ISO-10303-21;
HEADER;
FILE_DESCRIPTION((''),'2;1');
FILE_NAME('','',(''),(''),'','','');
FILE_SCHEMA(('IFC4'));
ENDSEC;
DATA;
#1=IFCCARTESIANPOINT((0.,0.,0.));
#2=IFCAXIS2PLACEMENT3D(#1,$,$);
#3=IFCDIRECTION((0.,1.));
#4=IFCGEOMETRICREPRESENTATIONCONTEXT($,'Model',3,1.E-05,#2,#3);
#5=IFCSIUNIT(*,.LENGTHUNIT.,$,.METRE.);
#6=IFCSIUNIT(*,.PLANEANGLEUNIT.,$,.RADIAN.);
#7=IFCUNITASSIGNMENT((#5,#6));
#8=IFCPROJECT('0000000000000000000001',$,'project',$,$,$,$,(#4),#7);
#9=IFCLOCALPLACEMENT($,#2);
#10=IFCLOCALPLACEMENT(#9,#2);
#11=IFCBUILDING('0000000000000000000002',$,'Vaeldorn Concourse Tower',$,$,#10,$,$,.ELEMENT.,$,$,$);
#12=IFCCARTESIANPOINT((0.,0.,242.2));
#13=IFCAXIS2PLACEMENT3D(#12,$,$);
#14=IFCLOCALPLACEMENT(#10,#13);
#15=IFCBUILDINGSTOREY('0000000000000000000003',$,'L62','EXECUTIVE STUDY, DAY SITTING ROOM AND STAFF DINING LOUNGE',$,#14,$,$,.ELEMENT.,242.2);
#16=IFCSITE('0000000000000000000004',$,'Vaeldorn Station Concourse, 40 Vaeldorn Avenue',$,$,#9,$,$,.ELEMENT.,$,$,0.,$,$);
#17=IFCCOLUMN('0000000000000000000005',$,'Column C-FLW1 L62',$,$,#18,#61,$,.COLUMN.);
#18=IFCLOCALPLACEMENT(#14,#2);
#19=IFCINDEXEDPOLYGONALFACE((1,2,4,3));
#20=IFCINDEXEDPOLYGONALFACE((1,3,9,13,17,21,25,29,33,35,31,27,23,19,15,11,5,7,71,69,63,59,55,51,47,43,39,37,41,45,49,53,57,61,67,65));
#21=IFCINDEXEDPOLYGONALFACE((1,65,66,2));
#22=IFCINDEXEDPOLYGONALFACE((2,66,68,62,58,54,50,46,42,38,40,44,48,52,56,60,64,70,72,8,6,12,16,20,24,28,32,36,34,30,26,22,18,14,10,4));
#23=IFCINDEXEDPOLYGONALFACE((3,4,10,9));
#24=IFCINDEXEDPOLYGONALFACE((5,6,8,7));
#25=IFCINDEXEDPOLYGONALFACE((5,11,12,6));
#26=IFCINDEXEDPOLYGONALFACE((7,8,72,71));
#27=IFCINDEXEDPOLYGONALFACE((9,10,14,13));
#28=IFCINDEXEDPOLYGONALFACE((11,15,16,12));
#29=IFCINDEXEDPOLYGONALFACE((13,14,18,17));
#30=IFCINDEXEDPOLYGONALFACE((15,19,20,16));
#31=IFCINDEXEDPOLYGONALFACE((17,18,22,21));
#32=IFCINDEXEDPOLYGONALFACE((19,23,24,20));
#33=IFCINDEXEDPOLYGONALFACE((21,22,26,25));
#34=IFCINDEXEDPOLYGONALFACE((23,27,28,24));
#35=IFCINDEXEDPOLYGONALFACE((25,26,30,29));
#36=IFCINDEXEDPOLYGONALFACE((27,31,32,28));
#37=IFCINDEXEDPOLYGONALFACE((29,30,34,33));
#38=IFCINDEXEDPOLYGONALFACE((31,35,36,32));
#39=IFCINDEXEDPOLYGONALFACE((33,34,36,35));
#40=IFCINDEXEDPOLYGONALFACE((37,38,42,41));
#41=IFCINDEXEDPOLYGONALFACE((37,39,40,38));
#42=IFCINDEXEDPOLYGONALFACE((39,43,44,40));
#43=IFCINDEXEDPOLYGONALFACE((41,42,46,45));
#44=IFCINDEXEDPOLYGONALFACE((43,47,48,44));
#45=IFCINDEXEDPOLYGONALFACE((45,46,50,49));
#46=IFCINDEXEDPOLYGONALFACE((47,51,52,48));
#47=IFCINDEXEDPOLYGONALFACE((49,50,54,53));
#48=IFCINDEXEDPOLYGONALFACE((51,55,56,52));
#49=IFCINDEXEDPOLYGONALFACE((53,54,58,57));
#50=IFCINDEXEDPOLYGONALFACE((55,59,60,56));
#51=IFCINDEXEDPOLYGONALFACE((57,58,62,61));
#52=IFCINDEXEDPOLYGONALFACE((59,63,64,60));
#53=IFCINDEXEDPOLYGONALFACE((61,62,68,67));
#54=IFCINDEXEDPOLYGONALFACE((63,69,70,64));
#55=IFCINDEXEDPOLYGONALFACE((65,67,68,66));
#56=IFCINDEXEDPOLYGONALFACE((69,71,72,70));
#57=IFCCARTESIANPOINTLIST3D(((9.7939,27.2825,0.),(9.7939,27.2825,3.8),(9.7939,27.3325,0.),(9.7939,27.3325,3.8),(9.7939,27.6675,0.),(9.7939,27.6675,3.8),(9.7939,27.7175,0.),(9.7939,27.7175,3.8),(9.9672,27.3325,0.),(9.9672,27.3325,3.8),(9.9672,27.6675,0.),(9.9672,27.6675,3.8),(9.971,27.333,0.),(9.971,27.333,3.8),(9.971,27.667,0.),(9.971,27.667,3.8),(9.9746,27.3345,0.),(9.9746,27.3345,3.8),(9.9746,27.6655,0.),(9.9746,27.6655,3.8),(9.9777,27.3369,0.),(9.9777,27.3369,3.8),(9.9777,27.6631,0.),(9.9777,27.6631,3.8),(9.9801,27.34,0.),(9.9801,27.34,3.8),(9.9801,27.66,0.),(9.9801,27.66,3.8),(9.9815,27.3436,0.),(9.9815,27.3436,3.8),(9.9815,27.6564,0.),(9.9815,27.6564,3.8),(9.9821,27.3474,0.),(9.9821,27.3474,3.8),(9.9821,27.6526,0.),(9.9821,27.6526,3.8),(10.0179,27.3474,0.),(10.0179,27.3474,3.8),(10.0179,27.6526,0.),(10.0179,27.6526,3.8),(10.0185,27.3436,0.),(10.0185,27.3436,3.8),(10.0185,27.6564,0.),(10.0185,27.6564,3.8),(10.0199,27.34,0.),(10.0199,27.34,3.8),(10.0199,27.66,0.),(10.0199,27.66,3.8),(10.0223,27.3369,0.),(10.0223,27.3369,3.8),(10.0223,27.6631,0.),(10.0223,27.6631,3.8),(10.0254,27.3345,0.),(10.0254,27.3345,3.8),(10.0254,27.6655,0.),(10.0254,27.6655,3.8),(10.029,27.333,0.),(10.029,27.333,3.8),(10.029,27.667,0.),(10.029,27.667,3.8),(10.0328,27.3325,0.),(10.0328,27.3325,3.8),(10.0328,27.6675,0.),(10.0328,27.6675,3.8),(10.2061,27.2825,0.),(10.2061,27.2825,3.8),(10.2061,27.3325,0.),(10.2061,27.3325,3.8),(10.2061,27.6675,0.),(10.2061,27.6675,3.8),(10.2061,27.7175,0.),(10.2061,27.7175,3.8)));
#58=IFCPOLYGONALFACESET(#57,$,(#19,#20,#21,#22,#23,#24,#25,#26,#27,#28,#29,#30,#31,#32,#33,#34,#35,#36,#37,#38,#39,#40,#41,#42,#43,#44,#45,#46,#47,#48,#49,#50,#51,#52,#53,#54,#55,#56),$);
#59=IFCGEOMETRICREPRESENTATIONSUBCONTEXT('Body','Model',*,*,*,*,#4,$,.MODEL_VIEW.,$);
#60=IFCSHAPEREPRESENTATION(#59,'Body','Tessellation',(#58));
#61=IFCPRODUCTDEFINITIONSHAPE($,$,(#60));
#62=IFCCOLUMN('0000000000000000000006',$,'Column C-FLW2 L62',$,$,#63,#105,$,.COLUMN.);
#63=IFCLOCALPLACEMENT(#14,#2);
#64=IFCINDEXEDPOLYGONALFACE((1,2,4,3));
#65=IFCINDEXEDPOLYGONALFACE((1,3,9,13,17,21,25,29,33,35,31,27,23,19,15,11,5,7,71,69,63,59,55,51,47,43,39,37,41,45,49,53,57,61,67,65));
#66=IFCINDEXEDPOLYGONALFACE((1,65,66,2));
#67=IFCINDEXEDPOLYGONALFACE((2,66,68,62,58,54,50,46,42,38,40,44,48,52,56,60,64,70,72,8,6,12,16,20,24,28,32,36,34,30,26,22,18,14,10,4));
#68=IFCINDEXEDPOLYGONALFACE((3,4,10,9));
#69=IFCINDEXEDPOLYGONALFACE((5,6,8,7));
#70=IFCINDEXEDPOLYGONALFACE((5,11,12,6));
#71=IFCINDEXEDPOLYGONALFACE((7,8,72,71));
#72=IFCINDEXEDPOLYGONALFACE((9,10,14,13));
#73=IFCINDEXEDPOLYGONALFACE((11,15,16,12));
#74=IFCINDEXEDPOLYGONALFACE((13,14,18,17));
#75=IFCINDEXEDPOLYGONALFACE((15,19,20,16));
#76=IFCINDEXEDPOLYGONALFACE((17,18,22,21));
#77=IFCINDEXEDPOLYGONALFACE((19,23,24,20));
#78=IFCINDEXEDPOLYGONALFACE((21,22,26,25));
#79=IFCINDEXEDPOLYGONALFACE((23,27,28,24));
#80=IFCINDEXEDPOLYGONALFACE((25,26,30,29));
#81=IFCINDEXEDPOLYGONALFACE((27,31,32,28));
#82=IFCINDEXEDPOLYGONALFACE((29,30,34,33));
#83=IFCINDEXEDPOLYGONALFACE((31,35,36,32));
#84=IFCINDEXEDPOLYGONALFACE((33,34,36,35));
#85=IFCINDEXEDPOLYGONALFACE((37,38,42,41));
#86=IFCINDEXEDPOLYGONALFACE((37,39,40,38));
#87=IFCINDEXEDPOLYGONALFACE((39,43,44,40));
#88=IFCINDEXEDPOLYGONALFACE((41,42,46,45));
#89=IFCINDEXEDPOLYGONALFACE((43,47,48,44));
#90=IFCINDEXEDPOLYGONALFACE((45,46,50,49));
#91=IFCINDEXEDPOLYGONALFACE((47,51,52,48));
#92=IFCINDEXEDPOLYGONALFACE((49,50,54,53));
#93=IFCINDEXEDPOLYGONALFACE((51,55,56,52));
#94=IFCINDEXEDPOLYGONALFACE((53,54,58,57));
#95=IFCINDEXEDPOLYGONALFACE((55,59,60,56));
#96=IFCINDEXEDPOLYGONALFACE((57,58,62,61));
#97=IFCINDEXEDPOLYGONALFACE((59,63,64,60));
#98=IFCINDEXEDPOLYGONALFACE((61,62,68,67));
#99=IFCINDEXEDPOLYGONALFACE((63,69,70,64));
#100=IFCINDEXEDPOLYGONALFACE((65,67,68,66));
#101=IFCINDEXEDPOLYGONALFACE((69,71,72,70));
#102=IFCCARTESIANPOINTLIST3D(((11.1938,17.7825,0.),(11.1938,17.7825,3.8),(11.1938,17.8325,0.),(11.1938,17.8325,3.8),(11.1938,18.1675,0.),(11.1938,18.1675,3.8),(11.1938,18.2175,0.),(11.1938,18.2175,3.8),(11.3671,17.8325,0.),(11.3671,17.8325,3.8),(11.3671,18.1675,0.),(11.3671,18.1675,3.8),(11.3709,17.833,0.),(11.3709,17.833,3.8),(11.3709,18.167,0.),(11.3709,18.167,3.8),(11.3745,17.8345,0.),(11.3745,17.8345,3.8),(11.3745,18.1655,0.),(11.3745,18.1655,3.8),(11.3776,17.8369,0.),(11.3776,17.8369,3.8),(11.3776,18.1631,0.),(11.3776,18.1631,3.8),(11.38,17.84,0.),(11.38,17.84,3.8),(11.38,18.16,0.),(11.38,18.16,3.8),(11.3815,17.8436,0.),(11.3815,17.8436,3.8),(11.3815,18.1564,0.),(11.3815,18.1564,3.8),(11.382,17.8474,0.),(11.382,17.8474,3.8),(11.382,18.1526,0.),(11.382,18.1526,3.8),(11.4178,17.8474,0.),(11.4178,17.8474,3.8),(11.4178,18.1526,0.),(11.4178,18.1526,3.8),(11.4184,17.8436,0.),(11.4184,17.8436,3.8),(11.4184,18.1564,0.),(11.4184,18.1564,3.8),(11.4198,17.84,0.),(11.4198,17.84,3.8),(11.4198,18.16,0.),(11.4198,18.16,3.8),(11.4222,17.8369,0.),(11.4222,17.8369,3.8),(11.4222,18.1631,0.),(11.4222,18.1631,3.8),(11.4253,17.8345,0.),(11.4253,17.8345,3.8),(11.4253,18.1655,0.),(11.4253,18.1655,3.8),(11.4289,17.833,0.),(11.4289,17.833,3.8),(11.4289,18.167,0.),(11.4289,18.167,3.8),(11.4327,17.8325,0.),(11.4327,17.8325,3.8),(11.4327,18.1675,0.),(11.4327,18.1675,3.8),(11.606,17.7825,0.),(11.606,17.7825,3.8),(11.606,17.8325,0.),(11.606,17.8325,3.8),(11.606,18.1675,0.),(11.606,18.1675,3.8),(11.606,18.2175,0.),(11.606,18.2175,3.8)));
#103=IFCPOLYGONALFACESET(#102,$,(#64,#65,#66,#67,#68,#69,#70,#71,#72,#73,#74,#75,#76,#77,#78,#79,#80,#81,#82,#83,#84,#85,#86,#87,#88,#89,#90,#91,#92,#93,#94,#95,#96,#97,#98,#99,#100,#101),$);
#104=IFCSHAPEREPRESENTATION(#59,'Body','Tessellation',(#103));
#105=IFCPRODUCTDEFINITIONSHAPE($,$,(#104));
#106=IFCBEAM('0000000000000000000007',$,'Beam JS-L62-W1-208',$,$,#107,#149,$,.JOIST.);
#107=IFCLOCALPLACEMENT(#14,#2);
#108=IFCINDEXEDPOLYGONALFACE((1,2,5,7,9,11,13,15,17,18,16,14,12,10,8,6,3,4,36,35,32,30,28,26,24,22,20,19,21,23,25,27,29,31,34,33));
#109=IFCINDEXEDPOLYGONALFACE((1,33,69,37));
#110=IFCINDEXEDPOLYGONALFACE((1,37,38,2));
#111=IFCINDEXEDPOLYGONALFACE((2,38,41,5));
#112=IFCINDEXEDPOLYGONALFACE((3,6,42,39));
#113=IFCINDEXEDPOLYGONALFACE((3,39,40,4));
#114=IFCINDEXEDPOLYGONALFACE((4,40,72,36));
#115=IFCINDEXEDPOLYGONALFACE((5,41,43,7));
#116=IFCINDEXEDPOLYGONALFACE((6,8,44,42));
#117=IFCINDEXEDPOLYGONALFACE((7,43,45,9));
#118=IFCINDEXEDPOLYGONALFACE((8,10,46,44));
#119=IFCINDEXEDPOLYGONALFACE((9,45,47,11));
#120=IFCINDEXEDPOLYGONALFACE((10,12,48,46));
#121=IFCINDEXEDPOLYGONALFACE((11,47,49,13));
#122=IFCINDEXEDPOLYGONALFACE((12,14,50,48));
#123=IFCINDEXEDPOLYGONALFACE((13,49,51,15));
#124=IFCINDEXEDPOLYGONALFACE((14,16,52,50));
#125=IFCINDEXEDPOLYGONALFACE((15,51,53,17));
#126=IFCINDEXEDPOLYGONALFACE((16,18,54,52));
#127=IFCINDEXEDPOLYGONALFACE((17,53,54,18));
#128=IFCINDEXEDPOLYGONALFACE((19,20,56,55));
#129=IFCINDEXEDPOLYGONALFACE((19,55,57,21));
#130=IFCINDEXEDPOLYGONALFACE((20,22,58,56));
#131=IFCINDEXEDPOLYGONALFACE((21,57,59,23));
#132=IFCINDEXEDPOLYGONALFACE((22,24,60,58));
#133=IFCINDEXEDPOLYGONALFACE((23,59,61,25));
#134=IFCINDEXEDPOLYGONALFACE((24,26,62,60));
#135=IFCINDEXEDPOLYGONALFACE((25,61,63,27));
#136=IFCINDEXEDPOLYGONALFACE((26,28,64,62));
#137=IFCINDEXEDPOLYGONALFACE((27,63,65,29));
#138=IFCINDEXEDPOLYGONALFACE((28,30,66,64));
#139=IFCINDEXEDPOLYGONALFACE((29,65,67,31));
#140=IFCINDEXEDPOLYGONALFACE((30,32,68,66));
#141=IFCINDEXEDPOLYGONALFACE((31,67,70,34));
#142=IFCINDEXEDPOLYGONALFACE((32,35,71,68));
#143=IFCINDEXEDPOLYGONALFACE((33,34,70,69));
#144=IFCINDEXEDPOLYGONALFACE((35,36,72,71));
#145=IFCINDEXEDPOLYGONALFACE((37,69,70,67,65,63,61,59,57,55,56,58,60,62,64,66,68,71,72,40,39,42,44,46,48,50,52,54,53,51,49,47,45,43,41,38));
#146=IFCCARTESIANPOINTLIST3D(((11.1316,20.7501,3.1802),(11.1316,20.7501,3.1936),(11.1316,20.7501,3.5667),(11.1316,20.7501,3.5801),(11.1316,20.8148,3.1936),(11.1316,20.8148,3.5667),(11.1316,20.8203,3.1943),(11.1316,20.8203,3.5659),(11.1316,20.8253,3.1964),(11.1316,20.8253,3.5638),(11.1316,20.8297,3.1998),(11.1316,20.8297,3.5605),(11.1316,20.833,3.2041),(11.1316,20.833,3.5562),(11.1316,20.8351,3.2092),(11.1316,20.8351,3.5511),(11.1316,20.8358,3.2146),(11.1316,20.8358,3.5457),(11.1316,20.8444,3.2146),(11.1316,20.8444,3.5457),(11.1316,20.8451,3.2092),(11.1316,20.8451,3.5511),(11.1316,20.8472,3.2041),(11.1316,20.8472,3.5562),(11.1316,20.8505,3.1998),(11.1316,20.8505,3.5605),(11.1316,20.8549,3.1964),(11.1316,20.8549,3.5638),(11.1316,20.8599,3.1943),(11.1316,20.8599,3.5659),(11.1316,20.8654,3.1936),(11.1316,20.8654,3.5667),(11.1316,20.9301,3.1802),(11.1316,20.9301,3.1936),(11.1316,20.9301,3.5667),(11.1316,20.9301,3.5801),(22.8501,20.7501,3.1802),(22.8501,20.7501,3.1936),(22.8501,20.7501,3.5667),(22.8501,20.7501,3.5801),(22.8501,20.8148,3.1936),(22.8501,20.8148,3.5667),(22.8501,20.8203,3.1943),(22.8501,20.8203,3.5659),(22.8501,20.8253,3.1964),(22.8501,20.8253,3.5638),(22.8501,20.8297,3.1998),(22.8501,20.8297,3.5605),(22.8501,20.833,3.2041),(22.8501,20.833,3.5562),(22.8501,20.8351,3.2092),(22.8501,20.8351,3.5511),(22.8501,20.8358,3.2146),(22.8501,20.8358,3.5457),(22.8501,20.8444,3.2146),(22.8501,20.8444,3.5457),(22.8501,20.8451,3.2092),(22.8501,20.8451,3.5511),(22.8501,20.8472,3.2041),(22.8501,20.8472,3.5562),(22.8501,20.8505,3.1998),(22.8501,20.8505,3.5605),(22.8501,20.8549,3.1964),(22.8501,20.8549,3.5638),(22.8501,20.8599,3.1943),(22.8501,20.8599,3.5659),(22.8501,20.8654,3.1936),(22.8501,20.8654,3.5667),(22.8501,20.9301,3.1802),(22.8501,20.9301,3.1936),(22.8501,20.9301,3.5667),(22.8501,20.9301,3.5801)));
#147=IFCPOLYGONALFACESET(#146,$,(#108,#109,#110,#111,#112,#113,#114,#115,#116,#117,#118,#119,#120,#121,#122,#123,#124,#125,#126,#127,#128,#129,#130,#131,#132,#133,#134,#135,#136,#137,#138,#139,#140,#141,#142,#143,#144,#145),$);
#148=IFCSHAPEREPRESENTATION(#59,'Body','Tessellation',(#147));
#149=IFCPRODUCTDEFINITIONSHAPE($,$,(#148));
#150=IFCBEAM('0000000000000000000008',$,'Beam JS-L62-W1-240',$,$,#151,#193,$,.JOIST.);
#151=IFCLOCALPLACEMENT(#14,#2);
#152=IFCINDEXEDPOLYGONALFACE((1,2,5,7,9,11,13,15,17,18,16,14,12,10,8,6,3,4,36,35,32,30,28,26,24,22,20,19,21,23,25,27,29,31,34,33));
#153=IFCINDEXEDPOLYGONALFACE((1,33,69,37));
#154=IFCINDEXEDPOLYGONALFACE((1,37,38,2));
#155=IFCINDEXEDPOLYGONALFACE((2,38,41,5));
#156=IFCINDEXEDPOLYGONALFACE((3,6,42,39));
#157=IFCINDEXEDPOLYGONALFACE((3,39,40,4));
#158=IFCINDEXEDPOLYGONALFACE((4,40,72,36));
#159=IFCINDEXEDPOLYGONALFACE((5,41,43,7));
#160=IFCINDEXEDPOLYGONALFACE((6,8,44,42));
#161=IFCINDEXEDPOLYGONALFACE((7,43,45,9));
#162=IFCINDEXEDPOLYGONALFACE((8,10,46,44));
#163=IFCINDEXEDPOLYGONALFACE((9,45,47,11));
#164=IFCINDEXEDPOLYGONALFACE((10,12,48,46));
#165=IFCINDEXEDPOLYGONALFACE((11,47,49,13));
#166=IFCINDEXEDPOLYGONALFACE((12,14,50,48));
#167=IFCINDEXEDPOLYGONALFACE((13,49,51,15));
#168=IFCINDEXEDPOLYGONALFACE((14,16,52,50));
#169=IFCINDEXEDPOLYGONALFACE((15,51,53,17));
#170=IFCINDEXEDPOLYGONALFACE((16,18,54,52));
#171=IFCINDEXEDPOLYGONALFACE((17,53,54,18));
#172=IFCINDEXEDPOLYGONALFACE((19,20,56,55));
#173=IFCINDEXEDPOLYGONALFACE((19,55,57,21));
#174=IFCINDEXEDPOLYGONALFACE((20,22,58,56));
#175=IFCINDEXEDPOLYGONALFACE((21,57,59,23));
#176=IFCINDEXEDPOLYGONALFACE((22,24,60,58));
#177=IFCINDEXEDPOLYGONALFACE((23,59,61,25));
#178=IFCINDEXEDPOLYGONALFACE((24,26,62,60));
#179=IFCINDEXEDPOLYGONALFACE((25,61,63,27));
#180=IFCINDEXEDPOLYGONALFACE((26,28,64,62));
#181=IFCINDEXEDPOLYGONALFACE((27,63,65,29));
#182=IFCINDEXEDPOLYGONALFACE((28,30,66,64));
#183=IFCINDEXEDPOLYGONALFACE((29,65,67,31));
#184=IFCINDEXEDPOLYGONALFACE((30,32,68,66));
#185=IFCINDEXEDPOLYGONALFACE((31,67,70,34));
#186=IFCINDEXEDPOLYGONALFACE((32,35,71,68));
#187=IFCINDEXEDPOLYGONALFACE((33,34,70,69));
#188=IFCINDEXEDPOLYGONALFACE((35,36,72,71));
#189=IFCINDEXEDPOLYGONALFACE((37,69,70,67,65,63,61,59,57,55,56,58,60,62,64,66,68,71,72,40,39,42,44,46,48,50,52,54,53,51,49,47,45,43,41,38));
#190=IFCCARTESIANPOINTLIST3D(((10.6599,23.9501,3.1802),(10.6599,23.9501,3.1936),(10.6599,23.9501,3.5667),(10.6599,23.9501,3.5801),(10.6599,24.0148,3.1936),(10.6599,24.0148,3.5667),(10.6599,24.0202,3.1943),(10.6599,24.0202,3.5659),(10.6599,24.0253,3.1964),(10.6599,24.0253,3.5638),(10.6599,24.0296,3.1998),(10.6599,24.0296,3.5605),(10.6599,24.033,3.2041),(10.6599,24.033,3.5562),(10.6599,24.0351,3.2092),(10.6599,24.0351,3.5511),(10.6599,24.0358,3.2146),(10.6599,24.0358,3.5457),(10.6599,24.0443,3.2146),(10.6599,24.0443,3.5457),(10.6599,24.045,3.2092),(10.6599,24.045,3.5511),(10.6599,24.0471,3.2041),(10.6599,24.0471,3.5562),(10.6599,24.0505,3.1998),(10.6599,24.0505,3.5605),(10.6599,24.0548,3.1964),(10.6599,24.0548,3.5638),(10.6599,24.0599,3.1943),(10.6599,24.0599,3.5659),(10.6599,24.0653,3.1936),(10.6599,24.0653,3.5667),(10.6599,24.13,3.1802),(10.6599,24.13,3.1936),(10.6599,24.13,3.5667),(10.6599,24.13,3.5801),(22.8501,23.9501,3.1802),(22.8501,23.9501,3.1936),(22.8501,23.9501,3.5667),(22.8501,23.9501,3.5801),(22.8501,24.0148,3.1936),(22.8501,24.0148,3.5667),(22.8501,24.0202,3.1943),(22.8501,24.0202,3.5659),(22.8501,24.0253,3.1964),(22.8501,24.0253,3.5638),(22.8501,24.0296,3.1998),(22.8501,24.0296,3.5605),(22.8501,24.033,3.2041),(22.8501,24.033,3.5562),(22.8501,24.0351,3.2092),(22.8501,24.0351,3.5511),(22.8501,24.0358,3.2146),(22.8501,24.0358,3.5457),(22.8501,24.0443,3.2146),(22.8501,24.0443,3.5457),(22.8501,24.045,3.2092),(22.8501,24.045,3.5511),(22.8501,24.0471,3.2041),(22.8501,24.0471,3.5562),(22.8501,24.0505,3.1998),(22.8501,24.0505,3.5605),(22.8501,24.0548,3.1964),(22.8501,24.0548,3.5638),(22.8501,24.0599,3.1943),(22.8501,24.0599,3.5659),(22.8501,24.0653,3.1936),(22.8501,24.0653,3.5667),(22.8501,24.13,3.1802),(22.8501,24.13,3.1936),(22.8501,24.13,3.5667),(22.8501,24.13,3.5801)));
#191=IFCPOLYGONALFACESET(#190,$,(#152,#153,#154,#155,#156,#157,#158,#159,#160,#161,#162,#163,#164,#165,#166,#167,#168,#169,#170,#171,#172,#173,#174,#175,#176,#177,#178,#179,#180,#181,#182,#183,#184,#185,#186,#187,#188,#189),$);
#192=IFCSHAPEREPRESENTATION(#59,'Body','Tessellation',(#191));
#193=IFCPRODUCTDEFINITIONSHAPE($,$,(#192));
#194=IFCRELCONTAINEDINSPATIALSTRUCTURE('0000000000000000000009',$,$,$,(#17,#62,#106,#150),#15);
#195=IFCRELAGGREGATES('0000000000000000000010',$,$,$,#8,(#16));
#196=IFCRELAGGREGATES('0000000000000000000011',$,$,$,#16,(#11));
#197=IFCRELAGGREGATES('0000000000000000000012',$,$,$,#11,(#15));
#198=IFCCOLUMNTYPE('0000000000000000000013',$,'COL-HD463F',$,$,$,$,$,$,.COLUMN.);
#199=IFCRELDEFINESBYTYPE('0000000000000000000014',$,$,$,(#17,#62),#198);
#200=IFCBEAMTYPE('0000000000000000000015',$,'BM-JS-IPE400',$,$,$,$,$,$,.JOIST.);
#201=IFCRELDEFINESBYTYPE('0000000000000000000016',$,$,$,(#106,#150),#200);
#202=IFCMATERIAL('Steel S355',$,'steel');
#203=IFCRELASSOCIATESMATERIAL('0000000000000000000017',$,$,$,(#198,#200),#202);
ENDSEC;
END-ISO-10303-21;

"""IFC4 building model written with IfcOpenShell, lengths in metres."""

from ifc_helpers import new_model, si_unit, direction, frame, origin, origin_2d, place, context, subcontext, project, spatial, i_section, extrude, source, transform, mapped, material, material_profile, profile_set, type_object, element, save


model = new_model("IFC4")

# Units and contexts
model_context = context("Model", 3, precision=1e-05, world=origin(), true_north=direction((0.0, 1.0)))
body_context = subcontext(model_context, "Body", "Model", "MODEL_VIEW")
ifc_project = project(units=[si_unit("LENGTHUNIT", "METRE"), si_unit("PLANEANGLEUNIT", "RADIAN")], contexts=[model_context])

# Site, building, storey
site_placement = place(None, origin())
site = spatial("IfcSite", under=ifc_project, at=site_placement, Name="Vaeldorn Station Concourse, 40 Vaeldorn Avenue", CompositionType="ELEMENT", RefElevation=0.0)
building_placement = place(site_placement, origin())
building = spatial("IfcBuilding", under=site, at=building_placement, Name="Vaeldorn Concourse Tower", CompositionType="ELEMENT")
storey_placement = place(building_placement, frame((0.0, 0.0, 242.2)))
storey = spatial("IfcBuildingStorey", under=building, at=storey_placement, Name="L62", Description="EXECUTIVE STUDY, DAY SITTING ROOM AND STAFF DINING LOUNGE", CompositionType="ELEMENT", Elevation=242.2)

# Columns
ifc_material_1 = material(Name="Steel S355", Category="steel")
ifc_material_profile_1 = material_profile(ifc_material_1, i_section(OverallWidth=0.4121, OverallDepth=0.4351, WebThickness=0.0359, FlangeThickness=0.05, FilletRadius=0.0149, at=origin_2d()), Name="HD 400x463")
ifc_profile_set_1 = profile_set([ifc_material_profile_1], Name="Steel S355")
column_type = type_object("IfcColumnType", Name="COL-HD463F", PredefinedType="COLUMN", material=ifc_profile_set_1)
shared_shape_1 = source(origin(), body_context, "Body", "SweptSolid", [
    extrude(i_section(OverallWidth=0.4121, OverallDepth=0.4351, WebThickness=0.0359, FlangeThickness=0.05, FilletRadius=0.0149, at=origin_2d()), origin(), (0.0, 0.0, 1.0), 3.8),
])
for number, where, z_axis, x_axis, name in (
    (1, (10.0, 27.5, 0.0), (0.0, 0.0, 1.0), (1.0, 0.0, 0.0), "Column C-FLW1 L62"),
    (2, (11.3999, 18.0, 0.0), (0.0, 0.0, 1.0), (1.0, 0.0, 0.0), "Column C-FLW2 L62"),
):
    element("IfcColumn", number, at=place(storey_placement, frame(where, z_axis=z_axis, x_axis=x_axis)), inside=storey, type_object=column_type, Name=name, PredefinedType="COLUMN", context=body_context, shape_type="MappedRepresentation", body=[
        mapped(shared_shape_1, transform((0.0, 0.0, 0.0), scale=1.0)),
    ])

# Beams
ifc_material_profile_2 = material_profile(ifc_material_1, i_section(OverallWidth=0.1799, OverallDepth=0.3999, WebThickness=0.0085, FlangeThickness=0.0134, FilletRadius=0.021, at=origin_2d()), Name="IPE 400")
ifc_profile_set_2 = profile_set([ifc_material_profile_2], Name="Steel S355")
beam_type_1 = type_object("IfcBeamType", Name="BM-JS-IPE400", PredefinedType="JOIST", material=ifc_profile_set_2)
shared_shape_2 = source(origin(), body_context, "Body", "SweptSolid", [
    extrude(i_section(OverallWidth=0.1799, OverallDepth=0.3999, WebThickness=0.0085, FlangeThickness=0.0134, FilletRadius=0.021, at=origin_2d()), origin(), (0.0, 0.0, 1.0), 11.7185),
])
beam_1_placement = place(storey_placement, frame((11.1316, 20.8401, 3.3801), z_axis=(1.0, 0.0, 0.0), x_axis=(0.0, 1.0, 0.0)))
element("IfcBeam", 3, at=beam_1_placement, inside=storey, type_object=beam_type_1, Name="Beam JS-L62-W1-208", PredefinedType="JOIST", context=body_context, shape_type="MappedRepresentation", body=[
    mapped(shared_shape_2, transform((0.0, 0.0, 0.0), scale=1.0)),
])
shared_shape_3 = source(origin(), body_context, "Body", "SweptSolid", [
    extrude(i_section(OverallWidth=0.1799, OverallDepth=0.3999, WebThickness=0.0085, FlangeThickness=0.0134, FilletRadius=0.021, at=origin_2d()), origin(), (0.0, 0.0, 1.0), 12.1902),
])
beam_2_placement = place(storey_placement, frame((10.6599, 24.04, 3.3801), z_axis=(1.0, 0.0, 0.0), x_axis=(0.0, 1.0, 0.0)))
element("IfcBeam", 4, at=beam_2_placement, inside=storey, type_object=beam_type_1, Name="Beam JS-L62-W1-240", PredefinedType="JOIST", context=body_context, shape_type="MappedRepresentation", body=[
    mapped(shared_shape_3, transform((0.0, 0.0, 0.0), scale=1.0)),
])

save(model, "model.ifc")
